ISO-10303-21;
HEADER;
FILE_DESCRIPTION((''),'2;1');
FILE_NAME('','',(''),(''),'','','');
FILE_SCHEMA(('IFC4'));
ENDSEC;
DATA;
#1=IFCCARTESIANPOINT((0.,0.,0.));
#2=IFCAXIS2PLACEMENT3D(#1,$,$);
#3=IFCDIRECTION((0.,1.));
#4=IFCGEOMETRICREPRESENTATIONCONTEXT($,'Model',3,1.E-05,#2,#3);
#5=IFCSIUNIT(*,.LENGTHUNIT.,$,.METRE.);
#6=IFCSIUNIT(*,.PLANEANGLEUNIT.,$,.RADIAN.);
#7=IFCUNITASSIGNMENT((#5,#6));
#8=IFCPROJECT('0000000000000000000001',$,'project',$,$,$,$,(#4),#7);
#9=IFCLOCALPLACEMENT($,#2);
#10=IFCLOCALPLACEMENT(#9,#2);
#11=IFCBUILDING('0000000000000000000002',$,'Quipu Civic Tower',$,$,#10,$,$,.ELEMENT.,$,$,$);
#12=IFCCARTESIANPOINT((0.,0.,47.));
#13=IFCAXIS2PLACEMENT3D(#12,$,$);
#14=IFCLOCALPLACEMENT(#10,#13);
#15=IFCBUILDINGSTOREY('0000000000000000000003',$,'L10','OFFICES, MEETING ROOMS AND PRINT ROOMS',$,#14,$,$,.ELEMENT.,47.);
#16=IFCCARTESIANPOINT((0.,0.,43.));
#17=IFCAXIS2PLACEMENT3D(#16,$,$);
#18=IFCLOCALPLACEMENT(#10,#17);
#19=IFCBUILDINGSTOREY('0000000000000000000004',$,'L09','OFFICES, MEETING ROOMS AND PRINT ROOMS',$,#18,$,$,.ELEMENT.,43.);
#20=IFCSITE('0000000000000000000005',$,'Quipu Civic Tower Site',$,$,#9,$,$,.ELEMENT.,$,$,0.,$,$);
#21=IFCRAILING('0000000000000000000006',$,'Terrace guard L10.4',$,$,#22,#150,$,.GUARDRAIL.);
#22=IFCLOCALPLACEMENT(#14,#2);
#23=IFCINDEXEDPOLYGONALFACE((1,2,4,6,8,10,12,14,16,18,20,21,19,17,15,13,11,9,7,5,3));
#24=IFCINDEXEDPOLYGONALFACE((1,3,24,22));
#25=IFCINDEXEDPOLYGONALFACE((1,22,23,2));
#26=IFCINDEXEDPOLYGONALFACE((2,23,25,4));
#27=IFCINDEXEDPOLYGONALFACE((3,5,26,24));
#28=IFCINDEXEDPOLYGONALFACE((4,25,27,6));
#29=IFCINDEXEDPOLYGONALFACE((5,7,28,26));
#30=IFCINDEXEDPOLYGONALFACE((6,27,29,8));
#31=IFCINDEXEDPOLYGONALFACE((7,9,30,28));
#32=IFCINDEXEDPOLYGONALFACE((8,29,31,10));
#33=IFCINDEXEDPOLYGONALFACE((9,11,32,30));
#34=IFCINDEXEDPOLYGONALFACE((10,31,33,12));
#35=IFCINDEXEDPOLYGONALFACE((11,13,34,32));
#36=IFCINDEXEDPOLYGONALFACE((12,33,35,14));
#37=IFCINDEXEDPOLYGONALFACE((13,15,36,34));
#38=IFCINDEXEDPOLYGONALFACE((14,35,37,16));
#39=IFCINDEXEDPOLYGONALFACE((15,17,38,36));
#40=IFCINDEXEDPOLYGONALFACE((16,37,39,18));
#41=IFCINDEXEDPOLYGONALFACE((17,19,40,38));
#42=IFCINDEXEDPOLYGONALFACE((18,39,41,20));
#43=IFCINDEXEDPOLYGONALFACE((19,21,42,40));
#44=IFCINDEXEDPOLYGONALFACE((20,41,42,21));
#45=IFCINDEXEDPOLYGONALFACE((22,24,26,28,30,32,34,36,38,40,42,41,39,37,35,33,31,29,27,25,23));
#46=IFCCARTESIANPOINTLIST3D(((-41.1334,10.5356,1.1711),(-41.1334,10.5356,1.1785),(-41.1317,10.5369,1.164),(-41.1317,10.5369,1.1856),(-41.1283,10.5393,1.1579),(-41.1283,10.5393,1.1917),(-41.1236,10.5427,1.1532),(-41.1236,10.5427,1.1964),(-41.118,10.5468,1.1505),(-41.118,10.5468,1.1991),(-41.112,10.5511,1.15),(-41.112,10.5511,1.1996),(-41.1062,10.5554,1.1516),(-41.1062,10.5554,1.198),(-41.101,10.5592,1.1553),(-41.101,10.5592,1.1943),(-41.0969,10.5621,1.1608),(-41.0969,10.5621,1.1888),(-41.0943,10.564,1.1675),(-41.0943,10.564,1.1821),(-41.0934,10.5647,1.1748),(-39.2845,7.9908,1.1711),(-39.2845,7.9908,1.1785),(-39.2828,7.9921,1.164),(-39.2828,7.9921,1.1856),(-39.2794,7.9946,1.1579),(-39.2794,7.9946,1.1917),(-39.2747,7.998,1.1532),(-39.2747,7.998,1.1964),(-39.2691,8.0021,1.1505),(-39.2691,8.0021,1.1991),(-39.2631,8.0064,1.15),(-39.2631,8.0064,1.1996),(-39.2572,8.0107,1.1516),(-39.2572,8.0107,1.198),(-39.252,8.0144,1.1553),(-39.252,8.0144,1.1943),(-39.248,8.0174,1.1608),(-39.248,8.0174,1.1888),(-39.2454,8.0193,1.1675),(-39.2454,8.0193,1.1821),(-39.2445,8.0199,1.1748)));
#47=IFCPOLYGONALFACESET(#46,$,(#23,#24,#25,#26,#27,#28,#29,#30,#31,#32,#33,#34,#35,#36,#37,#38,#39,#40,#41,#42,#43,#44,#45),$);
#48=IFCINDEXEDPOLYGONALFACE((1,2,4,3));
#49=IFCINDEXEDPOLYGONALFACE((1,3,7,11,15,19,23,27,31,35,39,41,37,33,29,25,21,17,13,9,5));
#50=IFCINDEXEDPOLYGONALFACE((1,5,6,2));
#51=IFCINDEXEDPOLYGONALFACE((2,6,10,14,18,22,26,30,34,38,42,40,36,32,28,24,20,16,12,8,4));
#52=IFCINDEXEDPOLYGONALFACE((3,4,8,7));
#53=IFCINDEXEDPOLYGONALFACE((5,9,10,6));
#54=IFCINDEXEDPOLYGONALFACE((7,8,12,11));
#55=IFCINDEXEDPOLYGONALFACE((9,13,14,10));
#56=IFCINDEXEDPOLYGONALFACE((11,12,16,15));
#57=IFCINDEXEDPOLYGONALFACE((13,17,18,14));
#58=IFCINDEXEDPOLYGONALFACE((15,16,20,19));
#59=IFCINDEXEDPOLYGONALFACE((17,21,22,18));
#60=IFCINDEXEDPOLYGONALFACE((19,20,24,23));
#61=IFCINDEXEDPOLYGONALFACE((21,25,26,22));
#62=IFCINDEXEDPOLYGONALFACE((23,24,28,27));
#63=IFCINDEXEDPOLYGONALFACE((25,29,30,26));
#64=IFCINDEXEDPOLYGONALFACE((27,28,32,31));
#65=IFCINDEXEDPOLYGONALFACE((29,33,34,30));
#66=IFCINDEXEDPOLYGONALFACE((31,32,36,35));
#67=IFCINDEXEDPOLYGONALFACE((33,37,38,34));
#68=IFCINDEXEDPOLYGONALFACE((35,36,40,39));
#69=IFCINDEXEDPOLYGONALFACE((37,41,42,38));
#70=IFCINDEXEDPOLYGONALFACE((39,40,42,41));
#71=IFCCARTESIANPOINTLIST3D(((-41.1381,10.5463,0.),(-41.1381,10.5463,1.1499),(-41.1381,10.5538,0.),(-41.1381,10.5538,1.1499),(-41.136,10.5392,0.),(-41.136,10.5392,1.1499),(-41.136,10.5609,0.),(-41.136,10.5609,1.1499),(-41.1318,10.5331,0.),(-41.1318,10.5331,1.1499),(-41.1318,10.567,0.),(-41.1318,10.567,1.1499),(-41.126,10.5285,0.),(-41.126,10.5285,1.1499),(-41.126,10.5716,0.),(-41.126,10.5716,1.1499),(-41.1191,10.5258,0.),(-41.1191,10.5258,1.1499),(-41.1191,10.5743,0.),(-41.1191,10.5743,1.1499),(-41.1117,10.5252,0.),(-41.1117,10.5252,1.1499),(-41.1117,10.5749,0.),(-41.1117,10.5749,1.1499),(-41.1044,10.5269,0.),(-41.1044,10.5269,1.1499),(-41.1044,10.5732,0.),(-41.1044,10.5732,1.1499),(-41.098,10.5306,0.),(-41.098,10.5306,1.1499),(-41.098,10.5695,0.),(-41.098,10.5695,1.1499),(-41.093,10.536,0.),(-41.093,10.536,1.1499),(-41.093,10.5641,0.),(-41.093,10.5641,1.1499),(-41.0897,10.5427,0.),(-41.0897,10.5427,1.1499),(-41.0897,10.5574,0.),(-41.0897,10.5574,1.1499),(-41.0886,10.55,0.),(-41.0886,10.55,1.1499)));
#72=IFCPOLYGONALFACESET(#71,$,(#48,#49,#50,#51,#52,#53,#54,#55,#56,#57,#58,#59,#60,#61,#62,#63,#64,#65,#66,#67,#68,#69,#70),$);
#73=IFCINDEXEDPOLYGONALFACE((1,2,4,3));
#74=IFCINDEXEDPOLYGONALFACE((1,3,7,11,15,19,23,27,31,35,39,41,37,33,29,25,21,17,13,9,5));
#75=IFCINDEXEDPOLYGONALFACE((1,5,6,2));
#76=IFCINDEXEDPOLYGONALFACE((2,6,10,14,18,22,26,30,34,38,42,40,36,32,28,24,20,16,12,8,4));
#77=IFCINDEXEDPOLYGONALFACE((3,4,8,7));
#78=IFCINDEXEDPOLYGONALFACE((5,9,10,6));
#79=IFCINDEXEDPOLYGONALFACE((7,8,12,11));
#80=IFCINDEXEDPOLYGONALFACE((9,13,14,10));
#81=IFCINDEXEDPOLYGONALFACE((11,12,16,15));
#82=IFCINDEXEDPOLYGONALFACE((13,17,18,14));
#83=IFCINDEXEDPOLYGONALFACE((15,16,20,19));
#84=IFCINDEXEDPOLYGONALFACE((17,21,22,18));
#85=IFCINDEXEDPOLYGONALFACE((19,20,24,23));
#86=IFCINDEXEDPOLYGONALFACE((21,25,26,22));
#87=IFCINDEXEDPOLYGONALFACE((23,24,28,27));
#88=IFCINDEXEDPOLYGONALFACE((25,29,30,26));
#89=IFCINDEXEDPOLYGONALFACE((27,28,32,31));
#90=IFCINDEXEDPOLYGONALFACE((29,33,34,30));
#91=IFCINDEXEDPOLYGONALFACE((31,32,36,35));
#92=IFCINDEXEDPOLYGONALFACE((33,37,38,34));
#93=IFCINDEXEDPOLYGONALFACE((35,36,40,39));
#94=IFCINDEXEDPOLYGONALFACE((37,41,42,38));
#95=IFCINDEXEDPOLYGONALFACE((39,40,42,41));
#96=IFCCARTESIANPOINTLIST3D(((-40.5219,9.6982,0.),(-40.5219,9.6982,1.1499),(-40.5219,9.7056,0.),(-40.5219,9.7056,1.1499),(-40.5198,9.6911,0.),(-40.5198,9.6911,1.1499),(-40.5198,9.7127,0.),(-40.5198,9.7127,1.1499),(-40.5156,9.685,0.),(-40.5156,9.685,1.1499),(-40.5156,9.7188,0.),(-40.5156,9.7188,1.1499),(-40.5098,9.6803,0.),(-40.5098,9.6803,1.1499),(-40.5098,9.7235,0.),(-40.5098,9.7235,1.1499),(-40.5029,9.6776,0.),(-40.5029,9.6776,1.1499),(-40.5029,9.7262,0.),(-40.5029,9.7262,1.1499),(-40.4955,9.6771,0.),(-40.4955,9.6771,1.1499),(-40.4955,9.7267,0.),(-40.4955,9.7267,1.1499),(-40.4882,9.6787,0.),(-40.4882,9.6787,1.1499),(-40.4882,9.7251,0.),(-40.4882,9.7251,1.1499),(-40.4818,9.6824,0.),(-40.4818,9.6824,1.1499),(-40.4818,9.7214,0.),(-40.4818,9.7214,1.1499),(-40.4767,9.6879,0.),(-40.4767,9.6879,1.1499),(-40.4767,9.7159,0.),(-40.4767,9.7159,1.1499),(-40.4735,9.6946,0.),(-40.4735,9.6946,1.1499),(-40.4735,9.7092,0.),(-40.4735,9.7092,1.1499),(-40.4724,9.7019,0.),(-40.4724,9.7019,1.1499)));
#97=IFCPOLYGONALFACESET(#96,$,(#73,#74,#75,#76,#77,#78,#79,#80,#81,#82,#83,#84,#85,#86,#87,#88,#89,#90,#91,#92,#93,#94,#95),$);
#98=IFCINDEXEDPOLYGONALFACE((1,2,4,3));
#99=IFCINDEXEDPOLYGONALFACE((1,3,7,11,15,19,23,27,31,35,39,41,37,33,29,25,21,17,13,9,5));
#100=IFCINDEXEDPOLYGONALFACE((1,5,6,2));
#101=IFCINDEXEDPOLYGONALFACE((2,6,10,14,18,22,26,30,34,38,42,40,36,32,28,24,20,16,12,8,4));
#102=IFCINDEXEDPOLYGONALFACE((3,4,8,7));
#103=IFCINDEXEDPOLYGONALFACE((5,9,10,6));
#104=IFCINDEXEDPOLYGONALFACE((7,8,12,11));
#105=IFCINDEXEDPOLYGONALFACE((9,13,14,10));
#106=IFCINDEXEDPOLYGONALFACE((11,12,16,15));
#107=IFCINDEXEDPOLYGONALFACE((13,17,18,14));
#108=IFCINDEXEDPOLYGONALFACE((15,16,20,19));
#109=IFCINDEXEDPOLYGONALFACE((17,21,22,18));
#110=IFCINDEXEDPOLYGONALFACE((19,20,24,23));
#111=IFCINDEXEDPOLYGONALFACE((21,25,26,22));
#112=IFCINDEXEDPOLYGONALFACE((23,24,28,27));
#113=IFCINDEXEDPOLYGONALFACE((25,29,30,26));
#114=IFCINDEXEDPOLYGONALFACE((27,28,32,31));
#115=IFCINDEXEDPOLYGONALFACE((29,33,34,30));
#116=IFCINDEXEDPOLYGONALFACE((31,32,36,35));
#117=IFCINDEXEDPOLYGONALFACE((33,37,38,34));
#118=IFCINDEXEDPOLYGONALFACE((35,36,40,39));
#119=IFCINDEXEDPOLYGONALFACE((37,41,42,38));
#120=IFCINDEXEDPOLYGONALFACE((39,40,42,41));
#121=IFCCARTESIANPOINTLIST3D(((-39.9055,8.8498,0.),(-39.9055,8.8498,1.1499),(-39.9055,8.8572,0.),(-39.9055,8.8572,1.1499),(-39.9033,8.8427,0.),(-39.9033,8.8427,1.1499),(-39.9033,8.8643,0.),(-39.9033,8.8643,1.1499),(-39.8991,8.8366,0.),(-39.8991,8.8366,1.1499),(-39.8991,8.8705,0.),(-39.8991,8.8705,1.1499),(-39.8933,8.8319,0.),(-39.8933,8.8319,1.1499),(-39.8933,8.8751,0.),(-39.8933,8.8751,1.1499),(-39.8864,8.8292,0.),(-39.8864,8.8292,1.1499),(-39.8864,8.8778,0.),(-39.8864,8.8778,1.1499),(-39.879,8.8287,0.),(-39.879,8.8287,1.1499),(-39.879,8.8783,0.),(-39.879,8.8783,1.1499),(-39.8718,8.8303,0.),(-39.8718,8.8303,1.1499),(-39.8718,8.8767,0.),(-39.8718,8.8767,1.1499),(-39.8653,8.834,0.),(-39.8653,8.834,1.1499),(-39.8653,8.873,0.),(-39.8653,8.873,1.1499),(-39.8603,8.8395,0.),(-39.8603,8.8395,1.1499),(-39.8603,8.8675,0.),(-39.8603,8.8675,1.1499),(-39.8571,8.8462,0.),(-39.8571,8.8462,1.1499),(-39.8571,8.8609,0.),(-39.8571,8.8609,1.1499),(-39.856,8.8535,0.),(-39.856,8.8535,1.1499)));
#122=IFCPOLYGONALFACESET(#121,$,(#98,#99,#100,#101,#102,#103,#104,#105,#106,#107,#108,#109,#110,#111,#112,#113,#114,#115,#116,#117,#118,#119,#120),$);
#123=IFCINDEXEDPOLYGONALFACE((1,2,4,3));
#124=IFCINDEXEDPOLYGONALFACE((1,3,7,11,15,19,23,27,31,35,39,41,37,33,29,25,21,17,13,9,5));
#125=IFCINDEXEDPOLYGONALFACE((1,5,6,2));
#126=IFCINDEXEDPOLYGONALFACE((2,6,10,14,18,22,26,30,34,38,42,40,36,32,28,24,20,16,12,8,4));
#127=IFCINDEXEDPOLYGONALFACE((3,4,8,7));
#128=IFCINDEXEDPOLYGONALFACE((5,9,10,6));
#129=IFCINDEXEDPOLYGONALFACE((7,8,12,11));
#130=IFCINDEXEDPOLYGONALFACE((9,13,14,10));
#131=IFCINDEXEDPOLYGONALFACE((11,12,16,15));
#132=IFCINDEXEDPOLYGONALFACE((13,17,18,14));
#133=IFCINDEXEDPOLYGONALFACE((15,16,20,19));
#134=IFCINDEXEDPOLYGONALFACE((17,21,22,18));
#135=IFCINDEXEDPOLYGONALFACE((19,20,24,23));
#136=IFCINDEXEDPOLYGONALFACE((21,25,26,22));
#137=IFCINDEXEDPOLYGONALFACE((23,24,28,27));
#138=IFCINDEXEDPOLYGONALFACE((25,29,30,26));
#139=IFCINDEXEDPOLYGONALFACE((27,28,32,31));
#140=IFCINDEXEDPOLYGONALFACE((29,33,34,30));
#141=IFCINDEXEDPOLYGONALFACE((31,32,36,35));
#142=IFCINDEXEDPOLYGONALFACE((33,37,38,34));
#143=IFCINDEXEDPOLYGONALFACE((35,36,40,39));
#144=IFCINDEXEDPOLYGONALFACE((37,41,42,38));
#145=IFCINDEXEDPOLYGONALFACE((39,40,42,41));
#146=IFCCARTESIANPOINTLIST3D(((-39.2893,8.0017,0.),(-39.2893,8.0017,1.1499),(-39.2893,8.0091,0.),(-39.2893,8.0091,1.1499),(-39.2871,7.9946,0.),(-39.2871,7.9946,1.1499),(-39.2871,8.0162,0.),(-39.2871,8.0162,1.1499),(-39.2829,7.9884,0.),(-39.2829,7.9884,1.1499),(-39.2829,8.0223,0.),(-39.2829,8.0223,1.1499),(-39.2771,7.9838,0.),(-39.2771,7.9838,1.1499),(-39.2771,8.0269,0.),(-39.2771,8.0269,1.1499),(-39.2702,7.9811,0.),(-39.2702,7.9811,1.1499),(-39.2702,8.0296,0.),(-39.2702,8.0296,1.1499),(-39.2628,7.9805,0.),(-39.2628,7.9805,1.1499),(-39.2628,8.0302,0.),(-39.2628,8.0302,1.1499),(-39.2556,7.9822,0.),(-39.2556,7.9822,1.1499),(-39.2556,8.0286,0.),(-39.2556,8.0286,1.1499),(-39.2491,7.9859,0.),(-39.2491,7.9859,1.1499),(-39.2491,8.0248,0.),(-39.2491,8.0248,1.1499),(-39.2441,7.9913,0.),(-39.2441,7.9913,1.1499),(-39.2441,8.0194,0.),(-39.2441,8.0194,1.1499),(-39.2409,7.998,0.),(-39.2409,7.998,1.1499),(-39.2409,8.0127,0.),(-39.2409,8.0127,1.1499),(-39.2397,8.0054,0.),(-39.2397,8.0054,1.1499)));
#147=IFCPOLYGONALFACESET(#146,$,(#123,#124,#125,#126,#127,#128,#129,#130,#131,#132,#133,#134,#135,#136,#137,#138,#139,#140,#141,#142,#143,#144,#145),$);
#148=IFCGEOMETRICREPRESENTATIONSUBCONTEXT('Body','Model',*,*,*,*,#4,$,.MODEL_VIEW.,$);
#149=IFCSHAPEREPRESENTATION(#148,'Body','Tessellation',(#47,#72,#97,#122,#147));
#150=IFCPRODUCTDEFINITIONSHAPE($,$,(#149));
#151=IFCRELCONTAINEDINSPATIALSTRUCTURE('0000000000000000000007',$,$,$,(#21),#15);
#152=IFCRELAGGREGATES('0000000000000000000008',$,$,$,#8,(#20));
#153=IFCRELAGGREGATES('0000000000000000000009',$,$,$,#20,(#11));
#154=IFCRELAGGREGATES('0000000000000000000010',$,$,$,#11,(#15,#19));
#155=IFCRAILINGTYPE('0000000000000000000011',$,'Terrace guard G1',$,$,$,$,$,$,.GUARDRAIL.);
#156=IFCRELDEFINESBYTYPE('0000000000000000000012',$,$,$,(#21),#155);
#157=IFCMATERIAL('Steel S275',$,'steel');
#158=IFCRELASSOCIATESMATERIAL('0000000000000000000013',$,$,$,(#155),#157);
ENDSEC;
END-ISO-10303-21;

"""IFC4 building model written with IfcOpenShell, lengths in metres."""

from ifc_helpers import new_model, si_unit, direction, frame, origin, origin_2d, place, context, subcontext, project, spatial, circle, extrude, material, type_object, element, save


model = new_model("IFC4")

# Units and contexts
model_context = context("Model", 3, precision=1e-05, world=origin(), true_north=direction((0.0, 1.0)))
body_context = subcontext(model_context, "Body", "Model", "MODEL_VIEW")
ifc_project = project(units=[si_unit("LENGTHUNIT", "METRE"), si_unit("PLANEANGLEUNIT", "RADIAN")], contexts=[model_context])

# Site, building, storey
site_placement = place(None, origin())
site = spatial("IfcSite", under=ifc_project, at=site_placement, Name="Quipu Civic Tower Site", CompositionType="ELEMENT", RefElevation=0.0)
building_placement = place(site_placement, origin())
building = spatial("IfcBuilding", under=site, at=building_placement, Name="Quipu Civic Tower", CompositionType="ELEMENT")
storey_1_placement = place(building_placement, frame((0.0, 0.0, 47.0)))
storey_1 = spatial("IfcBuildingStorey", under=building, at=storey_1_placement, Name="L10", Description="OFFICES, MEETING ROOMS AND PRINT ROOMS", CompositionType="ELEMENT", Elevation=47.0)

# Shared definitions
storey_2_placement = place(building_placement, frame((0.0, 0.0, 43.0)))
storey_2 = spatial("IfcBuildingStorey", under=building, at=storey_2_placement, Name="L09", Description="OFFICES, MEETING ROOMS AND PRINT ROOMS", CompositionType="ELEMENT", Elevation=43.0)

# Railing
ifc_material_1 = material(Name="Steel S275", Category="steel")
railing_type = type_object("IfcRailingType", Name="Terrace guard G1", PredefinedType="GUARDRAIL", material=ifc_material_1)
railing_1_placement = place(storey_1_placement, frame((-41.1135, 10.55, 0.0)))
element("IfcRailing", 1, at=railing_1_placement, inside=storey_1, type_object=railing_type, Name="Terrace guard L10.4", PredefinedType="GUARDRAIL", context=body_context, shape_type="SweptSolid", body=[
    extrude(circle(Radius=0.0249, at=origin_2d()), frame((0.0, 0.0, 1.1748), z_axis=(0.587798, -0.809008, 0.0), x_axis=(0.809008, 0.587798, 0.0)), (0.0, 0.0, 1.0), 3.1455),
    extrude(circle(Radius=0.0249, at=origin_2d()), origin(), (0.0, 0.0, 1.0), 1.1499),
    extrude(circle(Radius=0.0249, at=origin_2d()), frame((0.6162, -0.8481, 0.0)), (0.0, 0.0, 1.0), 1.1499),
    extrude(circle(Radius=0.0249, at=origin_2d()), frame((1.2327, -1.6965, 0.0)), (0.0, 0.0, 1.0), 1.1499),
    extrude(circle(Radius=0.0249, at=origin_2d()), frame((1.8489, -2.5447, 0.0)), (0.0, 0.0, 1.0), 1.1499),
])

save(model, "model.ifc")
